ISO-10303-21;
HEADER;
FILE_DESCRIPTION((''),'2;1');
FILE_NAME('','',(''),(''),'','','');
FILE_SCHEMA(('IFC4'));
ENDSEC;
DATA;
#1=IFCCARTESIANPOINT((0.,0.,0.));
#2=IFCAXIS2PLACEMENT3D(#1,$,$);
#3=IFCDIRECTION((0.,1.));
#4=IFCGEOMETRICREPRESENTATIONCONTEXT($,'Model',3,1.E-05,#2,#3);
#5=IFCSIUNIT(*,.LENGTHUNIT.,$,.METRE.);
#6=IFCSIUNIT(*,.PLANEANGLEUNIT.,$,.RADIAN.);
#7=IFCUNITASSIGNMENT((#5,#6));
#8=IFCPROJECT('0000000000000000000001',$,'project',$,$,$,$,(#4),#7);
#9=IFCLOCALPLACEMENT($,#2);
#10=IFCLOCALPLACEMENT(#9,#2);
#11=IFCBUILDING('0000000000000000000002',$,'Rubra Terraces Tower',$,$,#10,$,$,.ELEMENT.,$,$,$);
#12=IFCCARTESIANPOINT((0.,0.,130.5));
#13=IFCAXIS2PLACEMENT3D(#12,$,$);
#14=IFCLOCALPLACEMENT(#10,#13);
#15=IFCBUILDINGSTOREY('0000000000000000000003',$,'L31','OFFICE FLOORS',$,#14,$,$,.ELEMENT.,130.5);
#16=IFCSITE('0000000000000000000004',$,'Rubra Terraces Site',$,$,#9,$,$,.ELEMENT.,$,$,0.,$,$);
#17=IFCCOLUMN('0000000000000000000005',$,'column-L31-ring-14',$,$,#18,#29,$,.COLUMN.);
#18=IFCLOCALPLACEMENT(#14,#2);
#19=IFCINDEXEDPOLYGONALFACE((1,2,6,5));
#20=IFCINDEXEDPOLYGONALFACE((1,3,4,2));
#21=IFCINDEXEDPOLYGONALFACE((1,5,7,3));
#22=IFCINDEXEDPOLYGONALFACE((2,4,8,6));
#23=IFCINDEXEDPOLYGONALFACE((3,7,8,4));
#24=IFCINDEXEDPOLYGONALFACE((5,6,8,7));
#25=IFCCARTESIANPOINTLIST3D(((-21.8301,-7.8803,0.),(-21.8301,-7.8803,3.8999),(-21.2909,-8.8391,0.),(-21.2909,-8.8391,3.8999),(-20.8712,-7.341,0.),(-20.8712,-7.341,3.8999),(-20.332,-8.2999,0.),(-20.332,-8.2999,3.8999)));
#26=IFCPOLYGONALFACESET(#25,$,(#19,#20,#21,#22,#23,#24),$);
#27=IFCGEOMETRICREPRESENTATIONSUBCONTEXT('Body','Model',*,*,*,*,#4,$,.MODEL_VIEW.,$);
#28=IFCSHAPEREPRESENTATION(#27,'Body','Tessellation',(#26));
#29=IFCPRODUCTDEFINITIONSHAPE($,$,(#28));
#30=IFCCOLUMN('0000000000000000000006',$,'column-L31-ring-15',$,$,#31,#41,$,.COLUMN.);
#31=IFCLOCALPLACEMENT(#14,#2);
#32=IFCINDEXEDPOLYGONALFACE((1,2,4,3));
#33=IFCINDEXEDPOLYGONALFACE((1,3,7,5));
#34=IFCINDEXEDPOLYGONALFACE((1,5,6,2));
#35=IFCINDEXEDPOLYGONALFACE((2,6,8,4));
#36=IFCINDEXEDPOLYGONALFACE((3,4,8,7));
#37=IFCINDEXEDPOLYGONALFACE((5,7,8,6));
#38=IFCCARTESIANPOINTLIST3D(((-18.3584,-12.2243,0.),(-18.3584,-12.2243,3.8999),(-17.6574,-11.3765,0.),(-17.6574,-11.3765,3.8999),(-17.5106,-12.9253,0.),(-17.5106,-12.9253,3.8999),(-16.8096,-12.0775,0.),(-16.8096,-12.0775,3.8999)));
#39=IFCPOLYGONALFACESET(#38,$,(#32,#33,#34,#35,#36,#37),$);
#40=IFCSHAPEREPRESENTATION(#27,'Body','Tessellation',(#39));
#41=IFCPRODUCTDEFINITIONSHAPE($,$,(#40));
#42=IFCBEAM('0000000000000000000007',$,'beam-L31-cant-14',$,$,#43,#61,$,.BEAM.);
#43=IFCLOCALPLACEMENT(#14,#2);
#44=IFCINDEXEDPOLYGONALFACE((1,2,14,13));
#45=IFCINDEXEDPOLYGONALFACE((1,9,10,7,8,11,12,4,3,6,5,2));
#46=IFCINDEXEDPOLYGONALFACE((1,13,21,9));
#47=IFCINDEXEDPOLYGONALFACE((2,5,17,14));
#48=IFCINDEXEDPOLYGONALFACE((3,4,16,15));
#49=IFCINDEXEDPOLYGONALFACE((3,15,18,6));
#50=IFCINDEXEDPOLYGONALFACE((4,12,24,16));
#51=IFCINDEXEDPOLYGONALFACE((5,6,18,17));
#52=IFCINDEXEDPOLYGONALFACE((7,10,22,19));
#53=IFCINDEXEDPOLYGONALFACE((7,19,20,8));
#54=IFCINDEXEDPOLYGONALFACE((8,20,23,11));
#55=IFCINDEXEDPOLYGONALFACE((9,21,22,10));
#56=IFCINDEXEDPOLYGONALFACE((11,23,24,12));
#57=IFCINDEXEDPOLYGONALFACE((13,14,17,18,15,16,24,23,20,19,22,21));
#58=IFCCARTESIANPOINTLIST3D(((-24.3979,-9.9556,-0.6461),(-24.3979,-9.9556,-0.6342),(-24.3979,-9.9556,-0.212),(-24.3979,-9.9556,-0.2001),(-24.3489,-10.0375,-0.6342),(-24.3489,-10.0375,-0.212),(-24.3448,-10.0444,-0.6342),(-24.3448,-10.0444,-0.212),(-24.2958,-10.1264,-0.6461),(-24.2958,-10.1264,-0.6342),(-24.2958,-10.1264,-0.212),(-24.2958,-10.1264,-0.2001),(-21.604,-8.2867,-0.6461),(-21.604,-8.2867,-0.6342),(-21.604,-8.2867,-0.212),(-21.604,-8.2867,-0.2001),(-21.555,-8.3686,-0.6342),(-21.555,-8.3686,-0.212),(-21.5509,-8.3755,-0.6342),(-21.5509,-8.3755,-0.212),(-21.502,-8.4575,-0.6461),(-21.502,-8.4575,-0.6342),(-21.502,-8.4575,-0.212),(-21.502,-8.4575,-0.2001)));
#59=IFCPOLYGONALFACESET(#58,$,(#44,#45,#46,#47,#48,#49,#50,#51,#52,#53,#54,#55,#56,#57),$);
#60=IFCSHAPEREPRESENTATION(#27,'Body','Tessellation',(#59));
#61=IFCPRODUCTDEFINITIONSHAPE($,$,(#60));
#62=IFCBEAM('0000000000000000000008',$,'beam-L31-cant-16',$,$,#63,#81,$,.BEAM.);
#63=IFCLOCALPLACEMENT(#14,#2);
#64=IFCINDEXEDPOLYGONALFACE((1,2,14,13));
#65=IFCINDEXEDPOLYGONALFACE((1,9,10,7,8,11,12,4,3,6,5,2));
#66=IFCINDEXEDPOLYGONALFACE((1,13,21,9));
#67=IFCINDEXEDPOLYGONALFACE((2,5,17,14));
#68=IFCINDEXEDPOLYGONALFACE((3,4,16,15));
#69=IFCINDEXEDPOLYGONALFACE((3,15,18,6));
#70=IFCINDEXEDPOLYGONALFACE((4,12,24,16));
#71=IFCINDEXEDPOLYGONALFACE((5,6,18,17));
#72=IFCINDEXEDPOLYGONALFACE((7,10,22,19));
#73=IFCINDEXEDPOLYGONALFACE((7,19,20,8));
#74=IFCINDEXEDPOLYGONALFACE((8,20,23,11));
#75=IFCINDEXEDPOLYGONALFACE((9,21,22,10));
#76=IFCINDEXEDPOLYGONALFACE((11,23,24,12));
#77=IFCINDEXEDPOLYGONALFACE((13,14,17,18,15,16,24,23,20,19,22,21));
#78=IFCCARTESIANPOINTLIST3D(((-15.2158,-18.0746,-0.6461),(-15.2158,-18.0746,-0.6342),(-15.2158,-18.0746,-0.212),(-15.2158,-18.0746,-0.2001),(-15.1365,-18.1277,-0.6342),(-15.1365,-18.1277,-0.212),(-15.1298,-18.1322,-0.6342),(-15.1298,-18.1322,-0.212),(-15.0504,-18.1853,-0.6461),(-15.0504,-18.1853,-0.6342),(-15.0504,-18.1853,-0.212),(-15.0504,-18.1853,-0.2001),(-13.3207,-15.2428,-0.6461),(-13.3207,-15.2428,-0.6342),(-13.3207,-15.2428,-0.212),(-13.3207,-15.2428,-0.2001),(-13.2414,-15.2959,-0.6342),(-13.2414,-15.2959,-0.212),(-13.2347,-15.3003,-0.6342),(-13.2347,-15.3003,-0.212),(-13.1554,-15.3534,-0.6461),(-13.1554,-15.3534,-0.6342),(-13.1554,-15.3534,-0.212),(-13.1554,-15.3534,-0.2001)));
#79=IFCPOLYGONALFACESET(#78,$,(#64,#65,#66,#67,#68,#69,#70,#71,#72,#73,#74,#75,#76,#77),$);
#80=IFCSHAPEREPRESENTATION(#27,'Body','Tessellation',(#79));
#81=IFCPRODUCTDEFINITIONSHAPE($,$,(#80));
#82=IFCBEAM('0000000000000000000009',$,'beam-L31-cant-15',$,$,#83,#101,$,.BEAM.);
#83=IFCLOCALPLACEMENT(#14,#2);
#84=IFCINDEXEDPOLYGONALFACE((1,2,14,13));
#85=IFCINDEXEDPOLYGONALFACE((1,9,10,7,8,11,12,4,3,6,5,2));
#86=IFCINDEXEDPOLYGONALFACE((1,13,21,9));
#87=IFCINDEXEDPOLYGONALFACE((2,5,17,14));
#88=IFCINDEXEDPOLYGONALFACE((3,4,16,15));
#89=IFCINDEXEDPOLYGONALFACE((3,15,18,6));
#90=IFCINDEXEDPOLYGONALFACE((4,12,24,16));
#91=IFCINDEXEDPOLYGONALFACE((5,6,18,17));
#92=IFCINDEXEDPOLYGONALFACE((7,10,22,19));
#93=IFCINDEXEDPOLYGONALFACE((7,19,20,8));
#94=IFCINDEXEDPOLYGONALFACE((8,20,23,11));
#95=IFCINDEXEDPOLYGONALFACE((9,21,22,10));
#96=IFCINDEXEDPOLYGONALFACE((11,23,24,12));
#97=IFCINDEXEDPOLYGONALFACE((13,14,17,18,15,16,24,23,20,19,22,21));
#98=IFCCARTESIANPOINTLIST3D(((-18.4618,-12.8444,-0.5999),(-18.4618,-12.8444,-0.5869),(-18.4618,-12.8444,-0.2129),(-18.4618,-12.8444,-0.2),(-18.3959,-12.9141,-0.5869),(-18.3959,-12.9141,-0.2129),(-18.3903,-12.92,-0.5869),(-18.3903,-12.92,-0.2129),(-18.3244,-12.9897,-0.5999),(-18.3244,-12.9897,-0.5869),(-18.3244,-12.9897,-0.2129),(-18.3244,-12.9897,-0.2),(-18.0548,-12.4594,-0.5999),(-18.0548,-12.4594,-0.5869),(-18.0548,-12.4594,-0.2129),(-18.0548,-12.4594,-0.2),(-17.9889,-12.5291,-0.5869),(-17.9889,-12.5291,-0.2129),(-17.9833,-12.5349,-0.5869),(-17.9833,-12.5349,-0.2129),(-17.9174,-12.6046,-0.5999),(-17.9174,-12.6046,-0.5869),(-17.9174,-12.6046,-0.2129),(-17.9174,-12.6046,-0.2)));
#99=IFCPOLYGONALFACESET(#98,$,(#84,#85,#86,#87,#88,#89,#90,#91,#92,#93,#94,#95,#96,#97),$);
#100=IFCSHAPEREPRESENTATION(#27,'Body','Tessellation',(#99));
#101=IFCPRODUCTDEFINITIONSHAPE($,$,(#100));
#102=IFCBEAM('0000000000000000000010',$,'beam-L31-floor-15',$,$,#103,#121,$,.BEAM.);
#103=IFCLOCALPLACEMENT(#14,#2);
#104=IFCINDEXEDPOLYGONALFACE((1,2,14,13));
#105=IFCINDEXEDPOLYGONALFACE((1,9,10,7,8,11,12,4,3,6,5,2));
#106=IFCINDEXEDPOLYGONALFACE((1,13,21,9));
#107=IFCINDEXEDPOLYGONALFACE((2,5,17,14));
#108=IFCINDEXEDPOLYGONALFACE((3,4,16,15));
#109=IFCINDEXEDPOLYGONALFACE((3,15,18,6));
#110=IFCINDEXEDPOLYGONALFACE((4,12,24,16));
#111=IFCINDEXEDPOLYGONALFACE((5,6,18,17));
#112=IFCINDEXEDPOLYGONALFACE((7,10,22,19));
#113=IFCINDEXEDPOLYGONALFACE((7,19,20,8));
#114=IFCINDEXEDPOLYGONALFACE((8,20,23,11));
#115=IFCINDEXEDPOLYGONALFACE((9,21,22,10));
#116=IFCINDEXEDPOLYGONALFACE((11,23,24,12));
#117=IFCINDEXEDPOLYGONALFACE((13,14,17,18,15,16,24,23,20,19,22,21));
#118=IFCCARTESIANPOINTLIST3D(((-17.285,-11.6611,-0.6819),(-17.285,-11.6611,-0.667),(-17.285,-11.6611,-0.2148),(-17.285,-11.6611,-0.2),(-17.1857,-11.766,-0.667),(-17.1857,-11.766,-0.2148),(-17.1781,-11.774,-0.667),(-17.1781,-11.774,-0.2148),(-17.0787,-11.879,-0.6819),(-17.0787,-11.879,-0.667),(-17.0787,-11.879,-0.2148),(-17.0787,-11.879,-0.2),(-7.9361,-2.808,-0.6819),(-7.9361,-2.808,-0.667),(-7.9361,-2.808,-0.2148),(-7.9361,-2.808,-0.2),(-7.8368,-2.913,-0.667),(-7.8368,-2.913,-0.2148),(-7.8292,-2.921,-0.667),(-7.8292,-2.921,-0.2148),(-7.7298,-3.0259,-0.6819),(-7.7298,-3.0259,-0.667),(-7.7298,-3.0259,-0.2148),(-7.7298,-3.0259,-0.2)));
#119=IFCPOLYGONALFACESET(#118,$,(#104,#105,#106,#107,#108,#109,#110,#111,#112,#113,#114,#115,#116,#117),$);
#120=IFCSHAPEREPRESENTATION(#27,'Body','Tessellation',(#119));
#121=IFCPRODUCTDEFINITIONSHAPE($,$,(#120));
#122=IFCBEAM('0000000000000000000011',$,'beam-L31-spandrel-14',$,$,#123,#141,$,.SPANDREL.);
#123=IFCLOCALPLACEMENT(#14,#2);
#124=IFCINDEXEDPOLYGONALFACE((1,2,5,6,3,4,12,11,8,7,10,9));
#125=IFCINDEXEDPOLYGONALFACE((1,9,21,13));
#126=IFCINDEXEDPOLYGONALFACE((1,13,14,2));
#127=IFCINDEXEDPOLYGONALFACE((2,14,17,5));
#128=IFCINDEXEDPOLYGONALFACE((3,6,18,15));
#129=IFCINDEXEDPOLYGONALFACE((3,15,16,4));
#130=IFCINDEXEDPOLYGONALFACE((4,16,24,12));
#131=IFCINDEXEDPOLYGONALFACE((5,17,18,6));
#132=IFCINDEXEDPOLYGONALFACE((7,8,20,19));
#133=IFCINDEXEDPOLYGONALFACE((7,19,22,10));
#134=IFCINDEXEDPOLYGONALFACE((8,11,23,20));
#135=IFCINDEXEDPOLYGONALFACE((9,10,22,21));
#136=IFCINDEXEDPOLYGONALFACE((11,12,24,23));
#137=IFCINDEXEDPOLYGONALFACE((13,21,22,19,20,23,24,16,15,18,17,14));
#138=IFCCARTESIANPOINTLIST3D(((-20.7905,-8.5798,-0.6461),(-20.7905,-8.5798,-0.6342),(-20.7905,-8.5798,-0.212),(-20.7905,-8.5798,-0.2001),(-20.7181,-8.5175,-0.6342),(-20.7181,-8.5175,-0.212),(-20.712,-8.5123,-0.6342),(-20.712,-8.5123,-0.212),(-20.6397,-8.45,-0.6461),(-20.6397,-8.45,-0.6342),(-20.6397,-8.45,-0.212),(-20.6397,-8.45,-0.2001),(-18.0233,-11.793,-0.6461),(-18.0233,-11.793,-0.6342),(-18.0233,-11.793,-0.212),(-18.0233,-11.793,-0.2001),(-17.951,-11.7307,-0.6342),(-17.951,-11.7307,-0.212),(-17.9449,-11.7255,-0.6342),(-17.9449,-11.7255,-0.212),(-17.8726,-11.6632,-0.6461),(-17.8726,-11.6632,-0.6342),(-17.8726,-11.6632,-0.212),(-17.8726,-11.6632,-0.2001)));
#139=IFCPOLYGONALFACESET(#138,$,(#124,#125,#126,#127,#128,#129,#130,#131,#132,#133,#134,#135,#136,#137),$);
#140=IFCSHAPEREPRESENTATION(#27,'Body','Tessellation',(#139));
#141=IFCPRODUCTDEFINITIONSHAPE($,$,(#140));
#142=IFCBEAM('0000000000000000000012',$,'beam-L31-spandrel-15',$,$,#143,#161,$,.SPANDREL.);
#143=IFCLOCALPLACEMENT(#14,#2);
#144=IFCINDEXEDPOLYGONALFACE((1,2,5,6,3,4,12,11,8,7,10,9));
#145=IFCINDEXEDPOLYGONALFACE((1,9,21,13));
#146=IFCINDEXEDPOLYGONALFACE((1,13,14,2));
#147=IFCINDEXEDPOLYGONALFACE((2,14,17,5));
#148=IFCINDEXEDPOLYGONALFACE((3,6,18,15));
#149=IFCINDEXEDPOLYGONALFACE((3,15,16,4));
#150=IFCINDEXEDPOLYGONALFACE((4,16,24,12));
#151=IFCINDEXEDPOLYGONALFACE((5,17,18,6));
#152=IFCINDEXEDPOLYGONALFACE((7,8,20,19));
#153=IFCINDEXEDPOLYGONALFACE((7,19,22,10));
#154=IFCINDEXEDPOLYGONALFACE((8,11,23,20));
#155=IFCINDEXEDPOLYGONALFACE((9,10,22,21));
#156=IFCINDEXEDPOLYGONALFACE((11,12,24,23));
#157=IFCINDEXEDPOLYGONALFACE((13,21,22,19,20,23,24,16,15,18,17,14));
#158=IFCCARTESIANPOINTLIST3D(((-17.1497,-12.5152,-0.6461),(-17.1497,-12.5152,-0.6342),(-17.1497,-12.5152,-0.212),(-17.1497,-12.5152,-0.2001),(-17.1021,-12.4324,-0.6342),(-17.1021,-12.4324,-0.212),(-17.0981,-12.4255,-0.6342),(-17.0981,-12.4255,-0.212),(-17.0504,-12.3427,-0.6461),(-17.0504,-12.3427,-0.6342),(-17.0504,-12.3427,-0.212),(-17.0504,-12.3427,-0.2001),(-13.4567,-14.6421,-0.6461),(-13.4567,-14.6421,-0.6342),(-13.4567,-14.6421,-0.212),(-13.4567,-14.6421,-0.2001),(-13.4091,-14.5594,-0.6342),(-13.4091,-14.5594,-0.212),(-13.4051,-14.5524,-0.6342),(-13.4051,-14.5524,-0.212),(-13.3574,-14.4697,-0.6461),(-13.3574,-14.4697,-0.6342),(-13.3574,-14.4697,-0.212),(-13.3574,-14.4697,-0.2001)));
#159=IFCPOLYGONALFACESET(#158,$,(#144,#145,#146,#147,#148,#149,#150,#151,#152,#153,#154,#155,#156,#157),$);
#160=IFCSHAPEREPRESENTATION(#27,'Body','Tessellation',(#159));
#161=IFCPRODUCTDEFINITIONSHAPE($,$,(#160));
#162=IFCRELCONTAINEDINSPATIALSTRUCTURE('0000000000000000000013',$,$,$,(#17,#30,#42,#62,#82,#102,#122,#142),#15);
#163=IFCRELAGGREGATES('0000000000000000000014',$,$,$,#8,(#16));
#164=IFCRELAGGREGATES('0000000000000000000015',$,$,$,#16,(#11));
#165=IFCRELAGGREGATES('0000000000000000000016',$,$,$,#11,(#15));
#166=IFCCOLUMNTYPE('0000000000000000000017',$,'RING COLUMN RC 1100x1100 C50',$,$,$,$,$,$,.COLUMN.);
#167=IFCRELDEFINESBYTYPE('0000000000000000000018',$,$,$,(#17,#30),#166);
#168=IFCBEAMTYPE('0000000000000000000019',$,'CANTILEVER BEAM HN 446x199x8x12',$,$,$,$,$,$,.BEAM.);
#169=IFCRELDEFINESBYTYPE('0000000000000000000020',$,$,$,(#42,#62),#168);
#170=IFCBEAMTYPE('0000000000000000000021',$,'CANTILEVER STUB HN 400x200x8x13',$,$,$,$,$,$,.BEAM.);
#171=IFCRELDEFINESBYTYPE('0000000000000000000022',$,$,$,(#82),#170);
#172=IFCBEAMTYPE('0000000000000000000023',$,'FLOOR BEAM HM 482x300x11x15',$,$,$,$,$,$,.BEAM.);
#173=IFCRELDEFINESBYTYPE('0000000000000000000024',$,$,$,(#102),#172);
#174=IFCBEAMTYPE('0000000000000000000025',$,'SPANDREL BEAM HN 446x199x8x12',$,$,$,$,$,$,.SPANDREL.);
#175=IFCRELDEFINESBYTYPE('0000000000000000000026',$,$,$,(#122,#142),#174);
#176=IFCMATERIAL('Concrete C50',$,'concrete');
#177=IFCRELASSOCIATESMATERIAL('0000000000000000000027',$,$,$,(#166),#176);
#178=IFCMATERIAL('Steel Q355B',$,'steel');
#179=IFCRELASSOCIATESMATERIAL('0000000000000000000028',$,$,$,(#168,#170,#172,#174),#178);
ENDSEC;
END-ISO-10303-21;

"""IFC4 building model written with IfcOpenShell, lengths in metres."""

from ifc_helpers import new_model, si_unit, direction, frame, origin, origin_2d, place, context, subcontext, project, spatial, rectangle, i_section, extrude, material, material_profile, profile_set, type_object, element, save


model = new_model("IFC4")

# Units and contexts
model_context = context("Model", 3, precision=1e-05, world=origin(), true_north=direction((0.0, 1.0)))
body_context = subcontext(model_context, "Body", "Model", "MODEL_VIEW")
ifc_project = project(units=[si_unit("LENGTHUNIT", "METRE"), si_unit("PLANEANGLEUNIT", "RADIAN")], contexts=[model_context])

# Site, building, storey
site_placement = place(None, origin())
site = spatial("IfcSite", under=ifc_project, at=site_placement, Name="Rubra Terraces Site", CompositionType="ELEMENT", RefElevation=0.0)
building_placement = place(site_placement, origin())
building = spatial("IfcBuilding", under=site, at=building_placement, Name="Rubra Terraces Tower", CompositionType="ELEMENT")
storey_placement = place(building_placement, frame((0.0, 0.0, 130.5)))
storey = spatial("IfcBuildingStorey", under=building, at=storey_placement, Name="L31", Description="OFFICE FLOORS", CompositionType="ELEMENT", Elevation=130.5)

# Columns
ifc_material_1 = material(Name="Concrete C50", Category="concrete")
ifc_material_profile_1 = material_profile(ifc_material_1, rectangle(XDim=1.1001, YDim=1.1001, at=origin_2d()), Name="RC 1100x1100")
ifc_profile_set_1 = profile_set([ifc_material_profile_1], Name="Concrete C50")
column_type = type_object("IfcColumnType", Name="RING COLUMN RC 1100x1100 C50", PredefinedType="COLUMN", material=ifc_profile_set_1)
for number, where, z_axis, x_axis, name in (
    (1, (-21.0811, -8.0901, 0.0), (0.0, 0.0, 1.0), (0.490162, -0.871631, 0.0), "column-L31-ring-14"),
    (2, (-17.584, -12.1509, 0.0), (0.0, 0.0, 1.0), (0.770679, -0.637223, 0.0), "column-L31-ring-15"),
):
    element("IfcColumn", number, at=place(storey_placement, frame(where, z_axis=z_axis, x_axis=x_axis)), inside=storey, type_object=column_type, Name=name, PredefinedType="COLUMN", context=body_context, shape_type="SweptSolid", body=[
        extrude(rectangle(XDim=1.1001, YDim=1.1001, at=origin_2d()), origin(), (0.0, 0.0, 1.0), 3.8999),
    ])

# Beams
ifc_material_2 = material(Name="Steel Q355B", Category="steel")
ifc_material_profile_2 = material_profile(ifc_material_2, i_section(OverallWidth=0.199, OverallDepth=0.446, WebThickness=0.0081, FlangeThickness=0.012, at=origin_2d()), Name="HN 446x199x8x12")
ifc_profile_set_2 = profile_set([ifc_material_profile_2], Name="Steel Q355B")
beam_type_1 = type_object("IfcBeamType", Name="CANTILEVER BEAM HN 446x199x8x12", PredefinedType="BEAM", material=ifc_profile_set_2)
beam_1_placement = place(storey_placement, frame((-21.553, -8.3721, -0.4231), z_axis=(-0.858497, -0.512818, 0.0), x_axis=(0.512818, -0.858497, 0.0)))
element("IfcBeam", 3, at=beam_1_placement, inside=storey, type_object=beam_type_1, Name="beam-L31-cant-14", PredefinedType="BEAM", context=body_context, shape_type="SweptSolid", body=[
    extrude(i_section(OverallWidth=0.199, OverallDepth=0.446, WebThickness=0.0081, FlangeThickness=0.012, at=origin_2d()), origin(), (0.0, 0.0, 1.0), 3.2544),
])
beam_2_placement = place(storey_placement, frame((-13.238, -15.2981, -0.4231), z_axis=(-0.556154, -0.831079, 0.0), x_axis=(0.831079, -0.556154, 0.0)))
element("IfcBeam", 4, at=beam_2_placement, inside=storey, type_object=beam_type_1, Name="beam-L31-cant-16", PredefinedType="BEAM", context=body_context, shape_type="SweptSolid", body=[
    extrude(i_section(OverallWidth=0.199, OverallDepth=0.446, WebThickness=0.0081, FlangeThickness=0.012, at=origin_2d()), origin(), (0.0, 0.0, 1.0), 3.4075),
])
ifc_material_profile_3 = material_profile(ifc_material_2, i_section(OverallWidth=0.2, OverallDepth=0.3999, WebThickness=0.0081, FlangeThickness=0.0129, at=origin_2d()), Name="HN 400x200x8x13")
ifc_profile_set_3 = profile_set([ifc_material_profile_3], Name="Steel Q355B")
beam_type_2 = type_object("IfcBeamType", Name="CANTILEVER STUB HN 400x200x8x13", PredefinedType="BEAM", material=ifc_profile_set_3)
beam_3_placement = place(storey_placement, frame((-17.9861, -12.532, -0.3999), z_axis=(-0.726445, -0.687225, 0.0), x_axis=(0.687225, -0.726445, 0.0)))
element("IfcBeam", 5, at=beam_3_placement, inside=storey, type_object=beam_type_2, Name="beam-L31-cant-15", PredefinedType="BEAM", context=body_context, shape_type="SweptSolid", body=[
    extrude(i_section(OverallWidth=0.2, OverallDepth=0.3999, WebThickness=0.0081, FlangeThickness=0.0129, at=origin_2d()), origin(), (0.0, 0.0, 1.0), 0.5603),
])
ifc_material_profile_4 = material_profile(ifc_material_2, i_section(OverallWidth=0.3, OverallDepth=0.4819, WebThickness=0.011, FlangeThickness=0.0149, at=origin_2d()), Name="HM 482x300x11x15")
ifc_profile_set_4 = profile_set([ifc_material_profile_4], Name="Steel Q355B")
beam_type_3 = type_object("IfcBeamType", Name="FLOOR BEAM HM 482x300x11x15", PredefinedType="BEAM", material=ifc_profile_set_4)
beam_4_placement = place(storey_placement, frame((-17.1819, -11.77, -0.4409), z_axis=(0.7261, 0.687589, 0.0), x_axis=(-0.687589, 0.7261, 0.0)))
element("IfcBeam", 6, at=beam_4_placement, inside=storey, type_object=beam_type_3, Name="beam-L31-floor-15", PredefinedType="BEAM", context=body_context, shape_type="SweptSolid", body=[
    extrude(i_section(OverallWidth=0.3, OverallDepth=0.4819, WebThickness=0.011, FlangeThickness=0.0149, at=origin_2d()), origin(), (0.0, 0.0, 1.0), 12.8755),
])
ifc_material_profile_5 = material_profile(ifc_material_2, i_section(OverallWidth=0.199, OverallDepth=0.446, WebThickness=0.0081, FlangeThickness=0.012, at=origin_2d()), Name="HN 446x199x8x12")
ifc_profile_set_5 = profile_set([ifc_material_profile_5], Name="Steel Q355B")
beam_type_4 = type_object("IfcBeamType", Name="SPANDREL BEAM HN 446x199x8x12", PredefinedType="SPANDREL", material=ifc_profile_set_5)
beam_5_placement = place(storey_placement, frame((-20.7151, -8.5149, -0.4231), z_axis=(0.652553, -0.757743, 0.0), x_axis=(0.757743, 0.652553, 0.0)))
element("IfcBeam", 7, at=beam_5_placement, inside=storey, type_object=beam_type_4, Name="beam-L31-spandrel-14", PredefinedType="SPANDREL", context=body_context, shape_type="SweptSolid", body=[
    extrude(i_section(OverallWidth=0.199, OverallDepth=0.446, WebThickness=0.0081, FlangeThickness=0.012, at=origin_2d()), origin(), (0.0, 0.0, 1.0), 4.2405),
])
beam_6_placement = place(storey_placement, frame((-17.1001, -12.429, -0.4231), z_axis=(0.86656, -0.499073, 0.0), x_axis=(0.499073, 0.86656, 0.0)))
element("IfcBeam", 8, at=beam_6_placement, inside=storey, type_object=beam_type_4, Name="beam-L31-spandrel-15", PredefinedType="SPANDREL", context=body_context, shape_type="SweptSolid", body=[
    extrude(i_section(OverallWidth=0.199, OverallDepth=0.446, WebThickness=0.0081, FlangeThickness=0.012, at=origin_2d()), origin(), (0.0, 0.0, 1.0), 4.2617),
])

save(model, "model.ifc")
